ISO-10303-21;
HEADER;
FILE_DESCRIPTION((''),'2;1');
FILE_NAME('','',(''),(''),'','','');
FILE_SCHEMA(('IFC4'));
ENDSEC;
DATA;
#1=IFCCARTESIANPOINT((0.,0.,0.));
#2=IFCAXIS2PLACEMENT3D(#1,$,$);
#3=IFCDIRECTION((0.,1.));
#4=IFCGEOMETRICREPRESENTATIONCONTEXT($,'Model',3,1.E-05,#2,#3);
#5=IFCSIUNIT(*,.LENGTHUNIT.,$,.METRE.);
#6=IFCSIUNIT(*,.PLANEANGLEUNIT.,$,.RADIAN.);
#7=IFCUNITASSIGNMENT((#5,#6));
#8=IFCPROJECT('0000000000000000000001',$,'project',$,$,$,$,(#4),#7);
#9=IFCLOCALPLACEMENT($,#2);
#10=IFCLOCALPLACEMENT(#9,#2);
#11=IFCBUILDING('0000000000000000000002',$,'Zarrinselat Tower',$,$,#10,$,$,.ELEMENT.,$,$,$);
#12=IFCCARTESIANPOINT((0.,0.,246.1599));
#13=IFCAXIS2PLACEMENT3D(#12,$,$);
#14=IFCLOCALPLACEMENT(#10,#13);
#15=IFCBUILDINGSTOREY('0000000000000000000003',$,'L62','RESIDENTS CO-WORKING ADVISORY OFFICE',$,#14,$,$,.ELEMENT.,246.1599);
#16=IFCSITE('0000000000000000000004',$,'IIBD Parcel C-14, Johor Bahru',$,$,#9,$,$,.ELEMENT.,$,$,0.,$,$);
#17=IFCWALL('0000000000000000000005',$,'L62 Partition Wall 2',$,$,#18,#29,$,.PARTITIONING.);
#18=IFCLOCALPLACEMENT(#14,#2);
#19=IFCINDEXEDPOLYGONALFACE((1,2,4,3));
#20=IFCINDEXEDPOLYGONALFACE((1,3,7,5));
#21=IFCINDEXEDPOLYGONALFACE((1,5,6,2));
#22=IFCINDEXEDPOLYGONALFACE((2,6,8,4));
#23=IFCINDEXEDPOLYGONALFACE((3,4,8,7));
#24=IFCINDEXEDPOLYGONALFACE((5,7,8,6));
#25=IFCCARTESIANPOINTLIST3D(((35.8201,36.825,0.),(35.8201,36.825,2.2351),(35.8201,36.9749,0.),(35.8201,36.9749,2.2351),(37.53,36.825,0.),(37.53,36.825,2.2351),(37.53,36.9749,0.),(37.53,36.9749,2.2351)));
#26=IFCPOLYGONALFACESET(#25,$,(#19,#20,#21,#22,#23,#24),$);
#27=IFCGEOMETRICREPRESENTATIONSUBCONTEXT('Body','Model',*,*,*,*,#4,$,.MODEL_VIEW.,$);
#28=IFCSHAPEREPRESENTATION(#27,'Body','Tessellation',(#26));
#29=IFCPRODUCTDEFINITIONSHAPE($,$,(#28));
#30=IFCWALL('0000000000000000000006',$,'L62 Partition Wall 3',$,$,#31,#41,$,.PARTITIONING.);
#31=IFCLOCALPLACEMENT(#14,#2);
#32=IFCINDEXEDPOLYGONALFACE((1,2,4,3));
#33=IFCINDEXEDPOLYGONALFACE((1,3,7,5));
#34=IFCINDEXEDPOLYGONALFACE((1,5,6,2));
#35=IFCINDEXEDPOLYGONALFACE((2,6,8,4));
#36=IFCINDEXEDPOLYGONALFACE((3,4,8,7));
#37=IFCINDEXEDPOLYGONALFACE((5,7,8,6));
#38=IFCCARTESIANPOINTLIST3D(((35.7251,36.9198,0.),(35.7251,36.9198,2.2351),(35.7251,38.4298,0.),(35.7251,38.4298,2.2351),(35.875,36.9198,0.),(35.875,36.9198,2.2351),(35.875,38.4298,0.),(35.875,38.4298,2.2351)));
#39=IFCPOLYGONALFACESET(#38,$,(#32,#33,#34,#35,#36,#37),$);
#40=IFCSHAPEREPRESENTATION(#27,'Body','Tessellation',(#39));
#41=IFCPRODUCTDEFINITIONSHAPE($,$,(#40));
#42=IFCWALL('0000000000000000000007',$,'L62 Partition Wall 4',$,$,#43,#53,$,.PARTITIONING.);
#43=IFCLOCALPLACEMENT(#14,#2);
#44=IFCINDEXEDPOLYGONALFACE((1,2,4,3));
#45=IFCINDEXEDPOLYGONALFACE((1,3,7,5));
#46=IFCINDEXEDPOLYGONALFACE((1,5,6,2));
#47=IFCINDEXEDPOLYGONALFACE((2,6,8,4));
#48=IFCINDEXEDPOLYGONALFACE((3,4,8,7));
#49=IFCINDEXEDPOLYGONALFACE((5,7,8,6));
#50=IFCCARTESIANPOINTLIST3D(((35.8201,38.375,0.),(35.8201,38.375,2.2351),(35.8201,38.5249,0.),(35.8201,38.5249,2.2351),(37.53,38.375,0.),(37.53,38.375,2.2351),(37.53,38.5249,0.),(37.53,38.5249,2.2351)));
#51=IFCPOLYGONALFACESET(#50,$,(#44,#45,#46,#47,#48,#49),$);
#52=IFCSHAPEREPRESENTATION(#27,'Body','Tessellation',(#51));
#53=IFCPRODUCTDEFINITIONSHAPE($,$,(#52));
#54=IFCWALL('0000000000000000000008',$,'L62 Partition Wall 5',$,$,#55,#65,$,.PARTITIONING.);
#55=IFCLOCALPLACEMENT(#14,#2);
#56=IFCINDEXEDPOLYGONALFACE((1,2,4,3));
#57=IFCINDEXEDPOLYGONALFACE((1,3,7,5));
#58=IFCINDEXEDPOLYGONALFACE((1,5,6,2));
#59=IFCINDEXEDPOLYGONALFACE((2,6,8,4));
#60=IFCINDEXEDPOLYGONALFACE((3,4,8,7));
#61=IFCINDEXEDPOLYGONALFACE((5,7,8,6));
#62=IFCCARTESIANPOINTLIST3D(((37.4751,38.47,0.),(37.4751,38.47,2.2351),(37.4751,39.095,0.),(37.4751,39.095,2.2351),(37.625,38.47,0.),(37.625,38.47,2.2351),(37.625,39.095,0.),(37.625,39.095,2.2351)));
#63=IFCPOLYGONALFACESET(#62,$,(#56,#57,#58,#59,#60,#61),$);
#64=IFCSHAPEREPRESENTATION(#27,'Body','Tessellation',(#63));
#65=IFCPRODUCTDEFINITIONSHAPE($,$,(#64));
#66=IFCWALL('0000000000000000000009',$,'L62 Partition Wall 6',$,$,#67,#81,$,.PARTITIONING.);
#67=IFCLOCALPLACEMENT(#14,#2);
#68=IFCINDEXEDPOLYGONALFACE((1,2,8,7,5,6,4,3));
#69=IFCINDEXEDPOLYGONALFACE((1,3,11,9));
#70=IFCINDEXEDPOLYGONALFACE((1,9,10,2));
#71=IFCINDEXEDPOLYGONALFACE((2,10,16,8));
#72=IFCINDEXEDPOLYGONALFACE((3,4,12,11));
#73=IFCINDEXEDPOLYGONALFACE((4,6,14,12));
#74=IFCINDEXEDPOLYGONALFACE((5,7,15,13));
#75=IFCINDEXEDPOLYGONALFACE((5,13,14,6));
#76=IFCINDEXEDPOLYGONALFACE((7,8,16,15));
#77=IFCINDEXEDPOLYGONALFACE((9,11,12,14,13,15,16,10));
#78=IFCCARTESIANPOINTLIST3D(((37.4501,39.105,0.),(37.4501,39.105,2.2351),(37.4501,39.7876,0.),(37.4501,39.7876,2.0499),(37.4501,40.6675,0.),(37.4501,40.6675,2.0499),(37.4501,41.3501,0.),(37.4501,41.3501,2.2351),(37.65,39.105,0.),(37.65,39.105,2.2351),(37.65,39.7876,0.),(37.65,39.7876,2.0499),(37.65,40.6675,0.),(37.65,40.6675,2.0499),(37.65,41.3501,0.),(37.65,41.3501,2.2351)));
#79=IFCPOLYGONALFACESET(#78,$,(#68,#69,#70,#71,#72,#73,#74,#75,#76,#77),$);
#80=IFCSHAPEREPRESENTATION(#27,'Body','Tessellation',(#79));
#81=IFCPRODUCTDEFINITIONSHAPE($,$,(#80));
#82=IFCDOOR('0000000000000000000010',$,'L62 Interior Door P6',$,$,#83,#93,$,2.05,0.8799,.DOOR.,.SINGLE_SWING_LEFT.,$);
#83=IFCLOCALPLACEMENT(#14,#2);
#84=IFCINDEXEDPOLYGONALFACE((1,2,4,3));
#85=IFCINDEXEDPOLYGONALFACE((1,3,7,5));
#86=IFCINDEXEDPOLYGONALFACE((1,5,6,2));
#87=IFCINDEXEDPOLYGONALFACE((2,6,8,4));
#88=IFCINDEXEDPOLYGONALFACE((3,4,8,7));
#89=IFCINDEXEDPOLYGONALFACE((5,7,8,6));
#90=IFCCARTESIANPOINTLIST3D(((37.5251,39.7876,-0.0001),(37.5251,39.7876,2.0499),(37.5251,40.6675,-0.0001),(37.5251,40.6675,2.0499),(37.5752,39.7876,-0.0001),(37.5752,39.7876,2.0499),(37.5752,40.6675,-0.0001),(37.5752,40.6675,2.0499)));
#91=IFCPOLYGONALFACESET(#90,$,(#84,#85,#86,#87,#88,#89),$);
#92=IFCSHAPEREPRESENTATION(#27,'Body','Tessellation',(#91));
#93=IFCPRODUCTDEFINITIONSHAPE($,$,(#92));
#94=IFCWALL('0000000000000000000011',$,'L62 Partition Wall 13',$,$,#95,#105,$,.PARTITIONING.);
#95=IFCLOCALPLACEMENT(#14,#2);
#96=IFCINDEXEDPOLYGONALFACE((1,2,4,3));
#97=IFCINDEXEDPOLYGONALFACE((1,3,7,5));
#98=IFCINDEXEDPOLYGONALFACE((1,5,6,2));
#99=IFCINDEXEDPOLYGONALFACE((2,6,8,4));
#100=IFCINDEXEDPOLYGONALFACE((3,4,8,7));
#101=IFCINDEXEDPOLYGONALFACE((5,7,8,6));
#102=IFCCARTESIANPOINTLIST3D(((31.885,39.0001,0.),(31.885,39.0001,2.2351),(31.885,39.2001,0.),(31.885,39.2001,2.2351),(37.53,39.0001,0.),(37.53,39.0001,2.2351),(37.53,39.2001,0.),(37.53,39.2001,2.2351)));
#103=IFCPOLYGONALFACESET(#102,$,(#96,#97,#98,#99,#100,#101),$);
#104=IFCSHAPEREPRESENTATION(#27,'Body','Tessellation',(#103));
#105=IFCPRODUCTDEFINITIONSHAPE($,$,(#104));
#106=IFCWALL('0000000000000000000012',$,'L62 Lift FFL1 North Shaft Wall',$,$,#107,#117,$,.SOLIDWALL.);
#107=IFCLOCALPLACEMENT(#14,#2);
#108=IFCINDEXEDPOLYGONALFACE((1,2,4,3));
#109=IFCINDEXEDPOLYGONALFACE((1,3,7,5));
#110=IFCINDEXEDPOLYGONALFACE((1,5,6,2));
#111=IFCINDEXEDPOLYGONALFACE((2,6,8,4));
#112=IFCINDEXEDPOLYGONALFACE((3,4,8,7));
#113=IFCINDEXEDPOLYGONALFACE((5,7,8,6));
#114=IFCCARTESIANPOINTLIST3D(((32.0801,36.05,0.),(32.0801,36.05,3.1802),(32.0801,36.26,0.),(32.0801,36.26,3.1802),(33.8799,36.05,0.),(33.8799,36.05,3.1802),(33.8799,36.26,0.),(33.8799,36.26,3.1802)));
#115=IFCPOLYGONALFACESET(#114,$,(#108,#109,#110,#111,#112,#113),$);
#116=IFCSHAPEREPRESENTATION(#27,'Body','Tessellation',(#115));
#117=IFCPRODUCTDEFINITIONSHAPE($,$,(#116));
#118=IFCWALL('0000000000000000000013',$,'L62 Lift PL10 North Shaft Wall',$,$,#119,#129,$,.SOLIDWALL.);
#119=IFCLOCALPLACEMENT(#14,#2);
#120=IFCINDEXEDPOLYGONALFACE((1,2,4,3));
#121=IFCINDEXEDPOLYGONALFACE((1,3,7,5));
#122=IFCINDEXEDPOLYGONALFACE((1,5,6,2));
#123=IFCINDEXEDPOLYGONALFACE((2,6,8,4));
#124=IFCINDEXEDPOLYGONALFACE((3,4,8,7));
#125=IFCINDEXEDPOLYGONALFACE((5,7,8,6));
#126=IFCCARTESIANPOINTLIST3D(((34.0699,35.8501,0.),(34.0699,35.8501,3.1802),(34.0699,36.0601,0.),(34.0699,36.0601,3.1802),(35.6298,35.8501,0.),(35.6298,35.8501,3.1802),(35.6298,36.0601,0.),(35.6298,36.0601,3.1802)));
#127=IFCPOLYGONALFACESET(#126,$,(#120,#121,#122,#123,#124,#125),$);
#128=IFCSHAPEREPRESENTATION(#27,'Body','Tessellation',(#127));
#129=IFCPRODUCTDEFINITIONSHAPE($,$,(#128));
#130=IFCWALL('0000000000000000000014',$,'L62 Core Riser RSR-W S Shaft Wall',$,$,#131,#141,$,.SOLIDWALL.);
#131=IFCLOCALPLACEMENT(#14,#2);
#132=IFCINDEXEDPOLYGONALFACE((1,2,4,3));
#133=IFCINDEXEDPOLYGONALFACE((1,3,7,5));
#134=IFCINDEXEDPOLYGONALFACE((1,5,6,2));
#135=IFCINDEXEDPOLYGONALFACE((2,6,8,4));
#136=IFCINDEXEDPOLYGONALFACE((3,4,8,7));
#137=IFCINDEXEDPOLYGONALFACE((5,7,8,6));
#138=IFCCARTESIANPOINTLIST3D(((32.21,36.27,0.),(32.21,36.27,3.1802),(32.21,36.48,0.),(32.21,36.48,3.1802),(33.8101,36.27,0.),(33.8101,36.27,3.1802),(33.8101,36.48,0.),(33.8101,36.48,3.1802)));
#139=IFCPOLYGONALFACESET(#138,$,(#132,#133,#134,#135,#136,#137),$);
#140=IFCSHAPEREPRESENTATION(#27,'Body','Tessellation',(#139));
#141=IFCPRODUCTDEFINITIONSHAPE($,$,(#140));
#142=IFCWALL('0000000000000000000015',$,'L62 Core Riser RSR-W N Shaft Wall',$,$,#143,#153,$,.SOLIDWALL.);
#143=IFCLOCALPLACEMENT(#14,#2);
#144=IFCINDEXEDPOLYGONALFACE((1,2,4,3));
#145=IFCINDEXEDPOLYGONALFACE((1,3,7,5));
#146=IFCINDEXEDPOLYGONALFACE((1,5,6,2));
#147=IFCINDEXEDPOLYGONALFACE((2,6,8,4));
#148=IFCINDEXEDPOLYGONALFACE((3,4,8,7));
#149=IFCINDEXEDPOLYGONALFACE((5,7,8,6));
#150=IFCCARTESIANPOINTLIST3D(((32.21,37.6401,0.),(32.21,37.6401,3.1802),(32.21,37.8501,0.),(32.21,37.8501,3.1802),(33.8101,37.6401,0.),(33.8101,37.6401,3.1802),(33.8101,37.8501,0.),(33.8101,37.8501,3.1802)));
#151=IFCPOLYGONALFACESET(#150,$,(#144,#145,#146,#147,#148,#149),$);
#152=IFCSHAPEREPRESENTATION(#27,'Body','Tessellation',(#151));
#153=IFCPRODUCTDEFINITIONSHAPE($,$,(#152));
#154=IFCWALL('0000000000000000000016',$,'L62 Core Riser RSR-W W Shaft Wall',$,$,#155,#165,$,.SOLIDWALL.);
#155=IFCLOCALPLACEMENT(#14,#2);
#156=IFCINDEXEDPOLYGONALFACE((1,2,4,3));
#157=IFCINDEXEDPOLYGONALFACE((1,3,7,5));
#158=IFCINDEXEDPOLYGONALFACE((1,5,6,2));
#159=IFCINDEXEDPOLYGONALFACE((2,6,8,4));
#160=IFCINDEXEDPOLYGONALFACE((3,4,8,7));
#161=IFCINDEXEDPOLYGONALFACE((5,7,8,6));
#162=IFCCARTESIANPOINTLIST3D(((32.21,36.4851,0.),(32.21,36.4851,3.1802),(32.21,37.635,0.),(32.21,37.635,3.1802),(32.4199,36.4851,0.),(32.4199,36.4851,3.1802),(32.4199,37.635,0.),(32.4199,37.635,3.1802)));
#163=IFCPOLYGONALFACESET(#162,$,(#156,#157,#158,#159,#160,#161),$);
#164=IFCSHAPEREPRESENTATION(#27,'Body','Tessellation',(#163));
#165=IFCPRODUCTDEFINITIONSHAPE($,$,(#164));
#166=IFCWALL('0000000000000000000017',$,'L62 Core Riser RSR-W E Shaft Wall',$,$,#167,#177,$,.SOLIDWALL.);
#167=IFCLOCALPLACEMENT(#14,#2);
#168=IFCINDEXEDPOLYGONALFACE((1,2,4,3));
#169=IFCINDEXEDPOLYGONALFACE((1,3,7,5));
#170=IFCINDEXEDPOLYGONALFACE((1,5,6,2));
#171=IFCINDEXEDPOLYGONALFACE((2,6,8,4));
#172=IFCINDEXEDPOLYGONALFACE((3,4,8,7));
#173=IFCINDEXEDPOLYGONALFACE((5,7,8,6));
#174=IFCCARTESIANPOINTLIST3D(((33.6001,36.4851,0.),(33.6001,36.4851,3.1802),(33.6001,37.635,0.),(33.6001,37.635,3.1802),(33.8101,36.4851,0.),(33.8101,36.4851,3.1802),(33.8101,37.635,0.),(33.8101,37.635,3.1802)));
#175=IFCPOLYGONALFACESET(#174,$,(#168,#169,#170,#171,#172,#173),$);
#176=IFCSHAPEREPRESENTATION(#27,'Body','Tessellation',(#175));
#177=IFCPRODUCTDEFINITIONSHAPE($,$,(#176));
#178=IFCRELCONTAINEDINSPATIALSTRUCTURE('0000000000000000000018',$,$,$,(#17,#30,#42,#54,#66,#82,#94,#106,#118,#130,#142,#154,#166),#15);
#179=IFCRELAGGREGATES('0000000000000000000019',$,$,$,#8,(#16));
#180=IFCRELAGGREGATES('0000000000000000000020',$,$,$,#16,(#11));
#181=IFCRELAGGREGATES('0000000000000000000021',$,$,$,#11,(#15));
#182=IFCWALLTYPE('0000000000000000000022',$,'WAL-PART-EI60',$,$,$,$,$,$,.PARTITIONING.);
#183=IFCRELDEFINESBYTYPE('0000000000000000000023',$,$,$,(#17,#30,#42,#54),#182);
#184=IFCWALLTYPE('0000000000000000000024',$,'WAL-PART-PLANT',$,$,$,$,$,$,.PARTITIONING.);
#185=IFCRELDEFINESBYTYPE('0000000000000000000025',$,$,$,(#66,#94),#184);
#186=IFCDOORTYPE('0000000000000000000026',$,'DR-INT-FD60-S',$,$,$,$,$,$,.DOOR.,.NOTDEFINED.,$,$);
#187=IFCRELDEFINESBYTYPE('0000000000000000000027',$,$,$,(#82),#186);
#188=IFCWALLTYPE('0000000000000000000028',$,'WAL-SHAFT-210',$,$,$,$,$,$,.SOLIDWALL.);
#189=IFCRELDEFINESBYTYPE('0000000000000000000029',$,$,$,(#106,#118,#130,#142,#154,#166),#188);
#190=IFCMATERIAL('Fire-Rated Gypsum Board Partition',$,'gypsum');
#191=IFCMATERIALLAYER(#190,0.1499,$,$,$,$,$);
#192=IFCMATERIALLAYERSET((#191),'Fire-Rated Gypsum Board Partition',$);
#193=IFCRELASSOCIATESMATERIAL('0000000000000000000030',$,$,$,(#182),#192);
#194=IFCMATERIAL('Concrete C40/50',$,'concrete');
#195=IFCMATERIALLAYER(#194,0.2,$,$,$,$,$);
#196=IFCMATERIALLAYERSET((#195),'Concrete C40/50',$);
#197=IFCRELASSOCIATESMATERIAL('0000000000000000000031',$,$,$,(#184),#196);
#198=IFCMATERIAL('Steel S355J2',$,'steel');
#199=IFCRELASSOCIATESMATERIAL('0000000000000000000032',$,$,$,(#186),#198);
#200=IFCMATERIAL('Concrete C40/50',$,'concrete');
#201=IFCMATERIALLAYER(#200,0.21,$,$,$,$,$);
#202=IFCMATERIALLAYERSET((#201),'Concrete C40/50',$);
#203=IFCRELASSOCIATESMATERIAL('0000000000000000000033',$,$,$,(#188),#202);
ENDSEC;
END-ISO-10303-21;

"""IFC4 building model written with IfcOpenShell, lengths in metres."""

from ifc_helpers import new_model, si_unit, direction, frame, frame_2d, origin, place, context, subcontext, project, spatial, rectangle, extrude, material, layer, layer_set, type_object, element, fill, save


model = new_model("IFC4")

# Units and contexts
model_context = context("Model", 3, precision=1e-05, world=origin(), true_north=direction((0.0, 1.0)))
body_context = subcontext(model_context, "Body", "Model", "MODEL_VIEW")
ifc_project = project(units=[si_unit("LENGTHUNIT", "METRE"), si_unit("PLANEANGLEUNIT", "RADIAN")], contexts=[model_context])

# Site, building, storey
site_placement = place(None, origin())
site = spatial("IfcSite", under=ifc_project, at=site_placement, Name="IIBD Parcel C-14, Johor Bahru", CompositionType="ELEMENT", RefElevation=0.0)
building_placement = place(site_placement, origin())
building = spatial("IfcBuilding", under=site, at=building_placement, Name="Zarrinselat Tower", CompositionType="ELEMENT")
storey_placement = place(building_placement, frame((0.0, 0.0, 246.1599)))
storey = spatial("IfcBuildingStorey", under=building, at=storey_placement, Name="L62", Description="RESIDENTS CO-WORKING ADVISORY OFFICE", CompositionType="ELEMENT", Elevation=246.1599)

# Walls
ifc_material_1 = material(Name="Fire-Rated Gypsum Board Partition", Category="gypsum")
ifc_layer_1 = layer(ifc_material_1, 0.1499)
ifc_layer_set_1 = layer_set([ifc_layer_1], Name="Fire-Rated Gypsum Board Partition")
wall_type_1 = type_object("IfcWallType", Name="WAL-PART-EI60", PredefinedType="PARTITIONING", material=ifc_layer_set_1)
wall_1_placement = place(storey_placement, frame((35.8201, 36.8999, 0.0), z_axis=(0.0, 0.0, 1.0), x_axis=(1.0, 0.0, 0.0)))
element("IfcWall", 1, at=wall_1_placement, inside=storey, type_object=wall_type_1, Name="L62 Partition Wall 2", PredefinedType="PARTITIONING", context=body_context, shape_type="SweptSolid", body=[
    extrude(rectangle(XDim=1.71, YDim=0.1499, at=frame_2d((0.855, 0.0))), origin(), (0.0, 0.0, 1.0), 2.2351),
])
wall_2_placement = place(storey_placement, frame((35.8, 36.9199, 0.0), z_axis=(0.0, 0.0, 1.0), x_axis=(0.0, 1.0, 0.0)))
element("IfcWall", 2, at=wall_2_placement, inside=storey, type_object=wall_type_1, Name="L62 Partition Wall 3", PredefinedType="PARTITIONING", context=body_context, shape_type="SweptSolid", body=[
    extrude(rectangle(XDim=1.51, YDim=0.1499, at=frame_2d((0.7549, 0.0))), origin(), (0.0, 0.0, 1.0), 2.2351),
])
wall_3_placement = place(storey_placement, frame((35.8201, 38.45, 0.0), z_axis=(0.0, 0.0, 1.0), x_axis=(1.0, 0.0, 0.0)))
element("IfcWall", 3, at=wall_3_placement, inside=storey, type_object=wall_type_1, Name="L62 Partition Wall 4", PredefinedType="PARTITIONING", context=body_context, shape_type="SweptSolid", body=[
    extrude(rectangle(XDim=1.71, YDim=0.1499, at=frame_2d((0.855, 0.0))), origin(), (0.0, 0.0, 1.0), 2.2351),
])
wall_4_placement = place(storey_placement, frame((37.55, 38.47, 0.0), z_axis=(0.0, 0.0, 1.0), x_axis=(0.0, 1.0, 0.0)))
element("IfcWall", 4, at=wall_4_placement, inside=storey, type_object=wall_type_1, Name="L62 Partition Wall 5", PredefinedType="PARTITIONING", context=body_context, shape_type="SweptSolid", body=[
    extrude(rectangle(XDim=0.625, YDim=0.1499, at=frame_2d((0.3125, 0.0))), origin(), (0.0, 0.0, 1.0), 2.2351),
])

# Wall, opening, door
ifc_material_2 = material(Name="Concrete C40/50", Category="concrete")
ifc_layer_2 = layer(ifc_material_2, 0.2)
ifc_layer_set_2 = layer_set([ifc_layer_2], Name="Concrete C40/50")
wall_type_2 = type_object("IfcWallType", Name="WAL-PART-PLANT", PredefinedType="PARTITIONING", material=ifc_layer_set_2)
wall_5_placement = place(storey_placement, frame((37.55, 39.105, 0.0), z_axis=(0.0, 0.0, 1.0), x_axis=(0.0, 1.0, 0.0)))
wall_5 = element("IfcWall", 5, at=wall_5_placement, inside=storey, type_object=wall_type_2, Name="L62 Partition Wall 6", PredefinedType="PARTITIONING", context=body_context, shape_type="SweptSolid", body=[
    extrude(rectangle(XDim=2.2451, YDim=0.2, at=frame_2d((1.1226, 0.0))), origin(), (0.0, 0.0, 1.0), 2.2351),
])
opening_placement = place(wall_5_placement, frame((0.6826, 0.0, 0.0)))
opening = element("IfcOpeningElement", 6, at=opening_placement, cuts=wall_5, PredefinedType="OPENING", context=body_context, shape_type="SweptSolid", body=[
    extrude(rectangle(XDim=0.8799, YDim=2.05, at=frame_2d((0.4399, 1.0249))), frame((0.0, 0.1099, 0.0), z_axis=(0.0, -1.0, 0.0), x_axis=(1.0, 0.0, 0.0)), (0.0, 0.0, 1.0), 0.22),
])
ifc_material_3 = material(Name="Steel S355J2", Category="steel")
door_type = type_object("IfcDoorType", Name="DR-INT-FD60-S", OperationType="NOTDEFINED", PredefinedType="DOOR", material=ifc_material_3)
door_placement = place(opening_placement, origin())
door = element("IfcDoor", 7, at=door_placement, inside=storey, type_object=door_type, Name="L62 Interior Door P6", OperationType="SINGLE_SWING_LEFT", OverallHeight=2.05, OverallWidth=0.8799, PredefinedType="DOOR", context=body_context, shape_type="SweptSolid", body=[
    extrude(rectangle(XDim=0.8799, YDim=2.05, at=frame_2d((0.4399, 1.0249))), frame((0.0, 0.0249, 0.0), z_axis=(0.0, -1.0, 0.0), x_axis=(1.0, 0.0, 0.0)), (0.0, 0.0, 1.0), 0.05),
])
fill(opening, door)

# Walls
wall_6_placement = place(storey_placement, frame((31.885, 39.1001, 0.0), z_axis=(0.0, 0.0, 1.0), x_axis=(1.0, 0.0, 0.0)))
element("IfcWall", 8, at=wall_6_placement, inside=storey, type_object=wall_type_2, Name="L62 Partition Wall 13", PredefinedType="PARTITIONING", context=body_context, shape_type="SweptSolid", body=[
    extrude(rectangle(XDim=5.645, YDim=0.2, at=frame_2d((2.8225, 0.0))), origin(), (0.0, 0.0, 1.0), 2.2351),
])
ifc_material_4 = material(Name="Concrete C40/50", Category="concrete")
ifc_layer_3 = layer(ifc_material_4, 0.21)
ifc_layer_set_3 = layer_set([ifc_layer_3], Name="Concrete C40/50")
wall_type_3 = type_object("IfcWallType", Name="WAL-SHAFT-210", PredefinedType="SOLIDWALL", material=ifc_layer_set_3)
wall_7_placement = place(storey_placement, frame((32.0801, 36.155, 0.0), z_axis=(0.0, 0.0, 1.0), x_axis=(1.0, 0.0, 0.0)))
element("IfcWall", 9, at=wall_7_placement, inside=storey, type_object=wall_type_3, Name="L62 Lift FFL1 North Shaft Wall", PredefinedType="SOLIDWALL", context=body_context, shape_type="SweptSolid", body=[
    extrude(rectangle(XDim=1.7998, YDim=0.21, at=frame_2d((0.8999, 0.0))), origin(), (0.0, 0.0, 1.0), 3.1802),
])
wall_8_placement = place(storey_placement, frame((34.0701, 35.9551, 0.0), z_axis=(0.0, 0.0, 1.0), x_axis=(1.0, 0.0, 0.0)))
element("IfcWall", 10, at=wall_8_placement, inside=storey, type_object=wall_type_3, Name="L62 Lift PL10 North Shaft Wall", PredefinedType="SOLIDWALL", context=body_context, shape_type="SweptSolid", body=[
    extrude(rectangle(XDim=1.5598, YDim=0.21, at=frame_2d((0.7798, 0.0))), origin(), (0.0, 0.0, 1.0), 3.1802),
])
for number, where, z_axis, x_axis, name in (
    (11, (32.21, 36.375, 0.0), (0.0, 0.0, 1.0), (1.0, 0.0, 0.0), "L62 Core Riser RSR-W S Shaft Wall"),
    (12, (32.21, 37.7451, 0.0), (0.0, 0.0, 1.0), (1.0, 0.0, 0.0), "L62 Core Riser RSR-W N Shaft Wall"),
):
    element("IfcWall", number, at=place(storey_placement, frame(where, z_axis=z_axis, x_axis=x_axis)), inside=storey, type_object=wall_type_3, Name=name, PredefinedType="SOLIDWALL", context=body_context, shape_type="SweptSolid", body=[
        extrude(rectangle(XDim=1.6001, YDim=0.21, at=frame_2d((0.8, 0.0))), origin(), (0.0, 0.0, 1.0), 3.1802),
    ])
for number, where, z_axis, x_axis, name in (
    (13, (32.3149, 36.4851, 0.0), (0.0, 0.0, 1.0), (0.0, 1.0, 0.0), "L62 Core Riser RSR-W W Shaft Wall"),
    (14, (33.7051, 36.4851, 0.0), (0.0, 0.0, 1.0), (0.0, 1.0, 0.0), "L62 Core Riser RSR-W E Shaft Wall"),
):
    element("IfcWall", number, at=place(storey_placement, frame(where, z_axis=z_axis, x_axis=x_axis)), inside=storey, type_object=wall_type_3, Name=name, PredefinedType="SOLIDWALL", context=body_context, shape_type="SweptSolid", body=[
        extrude(rectangle(XDim=1.1499, YDim=0.21, at=frame_2d((0.575, 0.0))), origin(), (0.0, 0.0, 1.0), 3.1802),
    ])

save(model, "model.ifc")
